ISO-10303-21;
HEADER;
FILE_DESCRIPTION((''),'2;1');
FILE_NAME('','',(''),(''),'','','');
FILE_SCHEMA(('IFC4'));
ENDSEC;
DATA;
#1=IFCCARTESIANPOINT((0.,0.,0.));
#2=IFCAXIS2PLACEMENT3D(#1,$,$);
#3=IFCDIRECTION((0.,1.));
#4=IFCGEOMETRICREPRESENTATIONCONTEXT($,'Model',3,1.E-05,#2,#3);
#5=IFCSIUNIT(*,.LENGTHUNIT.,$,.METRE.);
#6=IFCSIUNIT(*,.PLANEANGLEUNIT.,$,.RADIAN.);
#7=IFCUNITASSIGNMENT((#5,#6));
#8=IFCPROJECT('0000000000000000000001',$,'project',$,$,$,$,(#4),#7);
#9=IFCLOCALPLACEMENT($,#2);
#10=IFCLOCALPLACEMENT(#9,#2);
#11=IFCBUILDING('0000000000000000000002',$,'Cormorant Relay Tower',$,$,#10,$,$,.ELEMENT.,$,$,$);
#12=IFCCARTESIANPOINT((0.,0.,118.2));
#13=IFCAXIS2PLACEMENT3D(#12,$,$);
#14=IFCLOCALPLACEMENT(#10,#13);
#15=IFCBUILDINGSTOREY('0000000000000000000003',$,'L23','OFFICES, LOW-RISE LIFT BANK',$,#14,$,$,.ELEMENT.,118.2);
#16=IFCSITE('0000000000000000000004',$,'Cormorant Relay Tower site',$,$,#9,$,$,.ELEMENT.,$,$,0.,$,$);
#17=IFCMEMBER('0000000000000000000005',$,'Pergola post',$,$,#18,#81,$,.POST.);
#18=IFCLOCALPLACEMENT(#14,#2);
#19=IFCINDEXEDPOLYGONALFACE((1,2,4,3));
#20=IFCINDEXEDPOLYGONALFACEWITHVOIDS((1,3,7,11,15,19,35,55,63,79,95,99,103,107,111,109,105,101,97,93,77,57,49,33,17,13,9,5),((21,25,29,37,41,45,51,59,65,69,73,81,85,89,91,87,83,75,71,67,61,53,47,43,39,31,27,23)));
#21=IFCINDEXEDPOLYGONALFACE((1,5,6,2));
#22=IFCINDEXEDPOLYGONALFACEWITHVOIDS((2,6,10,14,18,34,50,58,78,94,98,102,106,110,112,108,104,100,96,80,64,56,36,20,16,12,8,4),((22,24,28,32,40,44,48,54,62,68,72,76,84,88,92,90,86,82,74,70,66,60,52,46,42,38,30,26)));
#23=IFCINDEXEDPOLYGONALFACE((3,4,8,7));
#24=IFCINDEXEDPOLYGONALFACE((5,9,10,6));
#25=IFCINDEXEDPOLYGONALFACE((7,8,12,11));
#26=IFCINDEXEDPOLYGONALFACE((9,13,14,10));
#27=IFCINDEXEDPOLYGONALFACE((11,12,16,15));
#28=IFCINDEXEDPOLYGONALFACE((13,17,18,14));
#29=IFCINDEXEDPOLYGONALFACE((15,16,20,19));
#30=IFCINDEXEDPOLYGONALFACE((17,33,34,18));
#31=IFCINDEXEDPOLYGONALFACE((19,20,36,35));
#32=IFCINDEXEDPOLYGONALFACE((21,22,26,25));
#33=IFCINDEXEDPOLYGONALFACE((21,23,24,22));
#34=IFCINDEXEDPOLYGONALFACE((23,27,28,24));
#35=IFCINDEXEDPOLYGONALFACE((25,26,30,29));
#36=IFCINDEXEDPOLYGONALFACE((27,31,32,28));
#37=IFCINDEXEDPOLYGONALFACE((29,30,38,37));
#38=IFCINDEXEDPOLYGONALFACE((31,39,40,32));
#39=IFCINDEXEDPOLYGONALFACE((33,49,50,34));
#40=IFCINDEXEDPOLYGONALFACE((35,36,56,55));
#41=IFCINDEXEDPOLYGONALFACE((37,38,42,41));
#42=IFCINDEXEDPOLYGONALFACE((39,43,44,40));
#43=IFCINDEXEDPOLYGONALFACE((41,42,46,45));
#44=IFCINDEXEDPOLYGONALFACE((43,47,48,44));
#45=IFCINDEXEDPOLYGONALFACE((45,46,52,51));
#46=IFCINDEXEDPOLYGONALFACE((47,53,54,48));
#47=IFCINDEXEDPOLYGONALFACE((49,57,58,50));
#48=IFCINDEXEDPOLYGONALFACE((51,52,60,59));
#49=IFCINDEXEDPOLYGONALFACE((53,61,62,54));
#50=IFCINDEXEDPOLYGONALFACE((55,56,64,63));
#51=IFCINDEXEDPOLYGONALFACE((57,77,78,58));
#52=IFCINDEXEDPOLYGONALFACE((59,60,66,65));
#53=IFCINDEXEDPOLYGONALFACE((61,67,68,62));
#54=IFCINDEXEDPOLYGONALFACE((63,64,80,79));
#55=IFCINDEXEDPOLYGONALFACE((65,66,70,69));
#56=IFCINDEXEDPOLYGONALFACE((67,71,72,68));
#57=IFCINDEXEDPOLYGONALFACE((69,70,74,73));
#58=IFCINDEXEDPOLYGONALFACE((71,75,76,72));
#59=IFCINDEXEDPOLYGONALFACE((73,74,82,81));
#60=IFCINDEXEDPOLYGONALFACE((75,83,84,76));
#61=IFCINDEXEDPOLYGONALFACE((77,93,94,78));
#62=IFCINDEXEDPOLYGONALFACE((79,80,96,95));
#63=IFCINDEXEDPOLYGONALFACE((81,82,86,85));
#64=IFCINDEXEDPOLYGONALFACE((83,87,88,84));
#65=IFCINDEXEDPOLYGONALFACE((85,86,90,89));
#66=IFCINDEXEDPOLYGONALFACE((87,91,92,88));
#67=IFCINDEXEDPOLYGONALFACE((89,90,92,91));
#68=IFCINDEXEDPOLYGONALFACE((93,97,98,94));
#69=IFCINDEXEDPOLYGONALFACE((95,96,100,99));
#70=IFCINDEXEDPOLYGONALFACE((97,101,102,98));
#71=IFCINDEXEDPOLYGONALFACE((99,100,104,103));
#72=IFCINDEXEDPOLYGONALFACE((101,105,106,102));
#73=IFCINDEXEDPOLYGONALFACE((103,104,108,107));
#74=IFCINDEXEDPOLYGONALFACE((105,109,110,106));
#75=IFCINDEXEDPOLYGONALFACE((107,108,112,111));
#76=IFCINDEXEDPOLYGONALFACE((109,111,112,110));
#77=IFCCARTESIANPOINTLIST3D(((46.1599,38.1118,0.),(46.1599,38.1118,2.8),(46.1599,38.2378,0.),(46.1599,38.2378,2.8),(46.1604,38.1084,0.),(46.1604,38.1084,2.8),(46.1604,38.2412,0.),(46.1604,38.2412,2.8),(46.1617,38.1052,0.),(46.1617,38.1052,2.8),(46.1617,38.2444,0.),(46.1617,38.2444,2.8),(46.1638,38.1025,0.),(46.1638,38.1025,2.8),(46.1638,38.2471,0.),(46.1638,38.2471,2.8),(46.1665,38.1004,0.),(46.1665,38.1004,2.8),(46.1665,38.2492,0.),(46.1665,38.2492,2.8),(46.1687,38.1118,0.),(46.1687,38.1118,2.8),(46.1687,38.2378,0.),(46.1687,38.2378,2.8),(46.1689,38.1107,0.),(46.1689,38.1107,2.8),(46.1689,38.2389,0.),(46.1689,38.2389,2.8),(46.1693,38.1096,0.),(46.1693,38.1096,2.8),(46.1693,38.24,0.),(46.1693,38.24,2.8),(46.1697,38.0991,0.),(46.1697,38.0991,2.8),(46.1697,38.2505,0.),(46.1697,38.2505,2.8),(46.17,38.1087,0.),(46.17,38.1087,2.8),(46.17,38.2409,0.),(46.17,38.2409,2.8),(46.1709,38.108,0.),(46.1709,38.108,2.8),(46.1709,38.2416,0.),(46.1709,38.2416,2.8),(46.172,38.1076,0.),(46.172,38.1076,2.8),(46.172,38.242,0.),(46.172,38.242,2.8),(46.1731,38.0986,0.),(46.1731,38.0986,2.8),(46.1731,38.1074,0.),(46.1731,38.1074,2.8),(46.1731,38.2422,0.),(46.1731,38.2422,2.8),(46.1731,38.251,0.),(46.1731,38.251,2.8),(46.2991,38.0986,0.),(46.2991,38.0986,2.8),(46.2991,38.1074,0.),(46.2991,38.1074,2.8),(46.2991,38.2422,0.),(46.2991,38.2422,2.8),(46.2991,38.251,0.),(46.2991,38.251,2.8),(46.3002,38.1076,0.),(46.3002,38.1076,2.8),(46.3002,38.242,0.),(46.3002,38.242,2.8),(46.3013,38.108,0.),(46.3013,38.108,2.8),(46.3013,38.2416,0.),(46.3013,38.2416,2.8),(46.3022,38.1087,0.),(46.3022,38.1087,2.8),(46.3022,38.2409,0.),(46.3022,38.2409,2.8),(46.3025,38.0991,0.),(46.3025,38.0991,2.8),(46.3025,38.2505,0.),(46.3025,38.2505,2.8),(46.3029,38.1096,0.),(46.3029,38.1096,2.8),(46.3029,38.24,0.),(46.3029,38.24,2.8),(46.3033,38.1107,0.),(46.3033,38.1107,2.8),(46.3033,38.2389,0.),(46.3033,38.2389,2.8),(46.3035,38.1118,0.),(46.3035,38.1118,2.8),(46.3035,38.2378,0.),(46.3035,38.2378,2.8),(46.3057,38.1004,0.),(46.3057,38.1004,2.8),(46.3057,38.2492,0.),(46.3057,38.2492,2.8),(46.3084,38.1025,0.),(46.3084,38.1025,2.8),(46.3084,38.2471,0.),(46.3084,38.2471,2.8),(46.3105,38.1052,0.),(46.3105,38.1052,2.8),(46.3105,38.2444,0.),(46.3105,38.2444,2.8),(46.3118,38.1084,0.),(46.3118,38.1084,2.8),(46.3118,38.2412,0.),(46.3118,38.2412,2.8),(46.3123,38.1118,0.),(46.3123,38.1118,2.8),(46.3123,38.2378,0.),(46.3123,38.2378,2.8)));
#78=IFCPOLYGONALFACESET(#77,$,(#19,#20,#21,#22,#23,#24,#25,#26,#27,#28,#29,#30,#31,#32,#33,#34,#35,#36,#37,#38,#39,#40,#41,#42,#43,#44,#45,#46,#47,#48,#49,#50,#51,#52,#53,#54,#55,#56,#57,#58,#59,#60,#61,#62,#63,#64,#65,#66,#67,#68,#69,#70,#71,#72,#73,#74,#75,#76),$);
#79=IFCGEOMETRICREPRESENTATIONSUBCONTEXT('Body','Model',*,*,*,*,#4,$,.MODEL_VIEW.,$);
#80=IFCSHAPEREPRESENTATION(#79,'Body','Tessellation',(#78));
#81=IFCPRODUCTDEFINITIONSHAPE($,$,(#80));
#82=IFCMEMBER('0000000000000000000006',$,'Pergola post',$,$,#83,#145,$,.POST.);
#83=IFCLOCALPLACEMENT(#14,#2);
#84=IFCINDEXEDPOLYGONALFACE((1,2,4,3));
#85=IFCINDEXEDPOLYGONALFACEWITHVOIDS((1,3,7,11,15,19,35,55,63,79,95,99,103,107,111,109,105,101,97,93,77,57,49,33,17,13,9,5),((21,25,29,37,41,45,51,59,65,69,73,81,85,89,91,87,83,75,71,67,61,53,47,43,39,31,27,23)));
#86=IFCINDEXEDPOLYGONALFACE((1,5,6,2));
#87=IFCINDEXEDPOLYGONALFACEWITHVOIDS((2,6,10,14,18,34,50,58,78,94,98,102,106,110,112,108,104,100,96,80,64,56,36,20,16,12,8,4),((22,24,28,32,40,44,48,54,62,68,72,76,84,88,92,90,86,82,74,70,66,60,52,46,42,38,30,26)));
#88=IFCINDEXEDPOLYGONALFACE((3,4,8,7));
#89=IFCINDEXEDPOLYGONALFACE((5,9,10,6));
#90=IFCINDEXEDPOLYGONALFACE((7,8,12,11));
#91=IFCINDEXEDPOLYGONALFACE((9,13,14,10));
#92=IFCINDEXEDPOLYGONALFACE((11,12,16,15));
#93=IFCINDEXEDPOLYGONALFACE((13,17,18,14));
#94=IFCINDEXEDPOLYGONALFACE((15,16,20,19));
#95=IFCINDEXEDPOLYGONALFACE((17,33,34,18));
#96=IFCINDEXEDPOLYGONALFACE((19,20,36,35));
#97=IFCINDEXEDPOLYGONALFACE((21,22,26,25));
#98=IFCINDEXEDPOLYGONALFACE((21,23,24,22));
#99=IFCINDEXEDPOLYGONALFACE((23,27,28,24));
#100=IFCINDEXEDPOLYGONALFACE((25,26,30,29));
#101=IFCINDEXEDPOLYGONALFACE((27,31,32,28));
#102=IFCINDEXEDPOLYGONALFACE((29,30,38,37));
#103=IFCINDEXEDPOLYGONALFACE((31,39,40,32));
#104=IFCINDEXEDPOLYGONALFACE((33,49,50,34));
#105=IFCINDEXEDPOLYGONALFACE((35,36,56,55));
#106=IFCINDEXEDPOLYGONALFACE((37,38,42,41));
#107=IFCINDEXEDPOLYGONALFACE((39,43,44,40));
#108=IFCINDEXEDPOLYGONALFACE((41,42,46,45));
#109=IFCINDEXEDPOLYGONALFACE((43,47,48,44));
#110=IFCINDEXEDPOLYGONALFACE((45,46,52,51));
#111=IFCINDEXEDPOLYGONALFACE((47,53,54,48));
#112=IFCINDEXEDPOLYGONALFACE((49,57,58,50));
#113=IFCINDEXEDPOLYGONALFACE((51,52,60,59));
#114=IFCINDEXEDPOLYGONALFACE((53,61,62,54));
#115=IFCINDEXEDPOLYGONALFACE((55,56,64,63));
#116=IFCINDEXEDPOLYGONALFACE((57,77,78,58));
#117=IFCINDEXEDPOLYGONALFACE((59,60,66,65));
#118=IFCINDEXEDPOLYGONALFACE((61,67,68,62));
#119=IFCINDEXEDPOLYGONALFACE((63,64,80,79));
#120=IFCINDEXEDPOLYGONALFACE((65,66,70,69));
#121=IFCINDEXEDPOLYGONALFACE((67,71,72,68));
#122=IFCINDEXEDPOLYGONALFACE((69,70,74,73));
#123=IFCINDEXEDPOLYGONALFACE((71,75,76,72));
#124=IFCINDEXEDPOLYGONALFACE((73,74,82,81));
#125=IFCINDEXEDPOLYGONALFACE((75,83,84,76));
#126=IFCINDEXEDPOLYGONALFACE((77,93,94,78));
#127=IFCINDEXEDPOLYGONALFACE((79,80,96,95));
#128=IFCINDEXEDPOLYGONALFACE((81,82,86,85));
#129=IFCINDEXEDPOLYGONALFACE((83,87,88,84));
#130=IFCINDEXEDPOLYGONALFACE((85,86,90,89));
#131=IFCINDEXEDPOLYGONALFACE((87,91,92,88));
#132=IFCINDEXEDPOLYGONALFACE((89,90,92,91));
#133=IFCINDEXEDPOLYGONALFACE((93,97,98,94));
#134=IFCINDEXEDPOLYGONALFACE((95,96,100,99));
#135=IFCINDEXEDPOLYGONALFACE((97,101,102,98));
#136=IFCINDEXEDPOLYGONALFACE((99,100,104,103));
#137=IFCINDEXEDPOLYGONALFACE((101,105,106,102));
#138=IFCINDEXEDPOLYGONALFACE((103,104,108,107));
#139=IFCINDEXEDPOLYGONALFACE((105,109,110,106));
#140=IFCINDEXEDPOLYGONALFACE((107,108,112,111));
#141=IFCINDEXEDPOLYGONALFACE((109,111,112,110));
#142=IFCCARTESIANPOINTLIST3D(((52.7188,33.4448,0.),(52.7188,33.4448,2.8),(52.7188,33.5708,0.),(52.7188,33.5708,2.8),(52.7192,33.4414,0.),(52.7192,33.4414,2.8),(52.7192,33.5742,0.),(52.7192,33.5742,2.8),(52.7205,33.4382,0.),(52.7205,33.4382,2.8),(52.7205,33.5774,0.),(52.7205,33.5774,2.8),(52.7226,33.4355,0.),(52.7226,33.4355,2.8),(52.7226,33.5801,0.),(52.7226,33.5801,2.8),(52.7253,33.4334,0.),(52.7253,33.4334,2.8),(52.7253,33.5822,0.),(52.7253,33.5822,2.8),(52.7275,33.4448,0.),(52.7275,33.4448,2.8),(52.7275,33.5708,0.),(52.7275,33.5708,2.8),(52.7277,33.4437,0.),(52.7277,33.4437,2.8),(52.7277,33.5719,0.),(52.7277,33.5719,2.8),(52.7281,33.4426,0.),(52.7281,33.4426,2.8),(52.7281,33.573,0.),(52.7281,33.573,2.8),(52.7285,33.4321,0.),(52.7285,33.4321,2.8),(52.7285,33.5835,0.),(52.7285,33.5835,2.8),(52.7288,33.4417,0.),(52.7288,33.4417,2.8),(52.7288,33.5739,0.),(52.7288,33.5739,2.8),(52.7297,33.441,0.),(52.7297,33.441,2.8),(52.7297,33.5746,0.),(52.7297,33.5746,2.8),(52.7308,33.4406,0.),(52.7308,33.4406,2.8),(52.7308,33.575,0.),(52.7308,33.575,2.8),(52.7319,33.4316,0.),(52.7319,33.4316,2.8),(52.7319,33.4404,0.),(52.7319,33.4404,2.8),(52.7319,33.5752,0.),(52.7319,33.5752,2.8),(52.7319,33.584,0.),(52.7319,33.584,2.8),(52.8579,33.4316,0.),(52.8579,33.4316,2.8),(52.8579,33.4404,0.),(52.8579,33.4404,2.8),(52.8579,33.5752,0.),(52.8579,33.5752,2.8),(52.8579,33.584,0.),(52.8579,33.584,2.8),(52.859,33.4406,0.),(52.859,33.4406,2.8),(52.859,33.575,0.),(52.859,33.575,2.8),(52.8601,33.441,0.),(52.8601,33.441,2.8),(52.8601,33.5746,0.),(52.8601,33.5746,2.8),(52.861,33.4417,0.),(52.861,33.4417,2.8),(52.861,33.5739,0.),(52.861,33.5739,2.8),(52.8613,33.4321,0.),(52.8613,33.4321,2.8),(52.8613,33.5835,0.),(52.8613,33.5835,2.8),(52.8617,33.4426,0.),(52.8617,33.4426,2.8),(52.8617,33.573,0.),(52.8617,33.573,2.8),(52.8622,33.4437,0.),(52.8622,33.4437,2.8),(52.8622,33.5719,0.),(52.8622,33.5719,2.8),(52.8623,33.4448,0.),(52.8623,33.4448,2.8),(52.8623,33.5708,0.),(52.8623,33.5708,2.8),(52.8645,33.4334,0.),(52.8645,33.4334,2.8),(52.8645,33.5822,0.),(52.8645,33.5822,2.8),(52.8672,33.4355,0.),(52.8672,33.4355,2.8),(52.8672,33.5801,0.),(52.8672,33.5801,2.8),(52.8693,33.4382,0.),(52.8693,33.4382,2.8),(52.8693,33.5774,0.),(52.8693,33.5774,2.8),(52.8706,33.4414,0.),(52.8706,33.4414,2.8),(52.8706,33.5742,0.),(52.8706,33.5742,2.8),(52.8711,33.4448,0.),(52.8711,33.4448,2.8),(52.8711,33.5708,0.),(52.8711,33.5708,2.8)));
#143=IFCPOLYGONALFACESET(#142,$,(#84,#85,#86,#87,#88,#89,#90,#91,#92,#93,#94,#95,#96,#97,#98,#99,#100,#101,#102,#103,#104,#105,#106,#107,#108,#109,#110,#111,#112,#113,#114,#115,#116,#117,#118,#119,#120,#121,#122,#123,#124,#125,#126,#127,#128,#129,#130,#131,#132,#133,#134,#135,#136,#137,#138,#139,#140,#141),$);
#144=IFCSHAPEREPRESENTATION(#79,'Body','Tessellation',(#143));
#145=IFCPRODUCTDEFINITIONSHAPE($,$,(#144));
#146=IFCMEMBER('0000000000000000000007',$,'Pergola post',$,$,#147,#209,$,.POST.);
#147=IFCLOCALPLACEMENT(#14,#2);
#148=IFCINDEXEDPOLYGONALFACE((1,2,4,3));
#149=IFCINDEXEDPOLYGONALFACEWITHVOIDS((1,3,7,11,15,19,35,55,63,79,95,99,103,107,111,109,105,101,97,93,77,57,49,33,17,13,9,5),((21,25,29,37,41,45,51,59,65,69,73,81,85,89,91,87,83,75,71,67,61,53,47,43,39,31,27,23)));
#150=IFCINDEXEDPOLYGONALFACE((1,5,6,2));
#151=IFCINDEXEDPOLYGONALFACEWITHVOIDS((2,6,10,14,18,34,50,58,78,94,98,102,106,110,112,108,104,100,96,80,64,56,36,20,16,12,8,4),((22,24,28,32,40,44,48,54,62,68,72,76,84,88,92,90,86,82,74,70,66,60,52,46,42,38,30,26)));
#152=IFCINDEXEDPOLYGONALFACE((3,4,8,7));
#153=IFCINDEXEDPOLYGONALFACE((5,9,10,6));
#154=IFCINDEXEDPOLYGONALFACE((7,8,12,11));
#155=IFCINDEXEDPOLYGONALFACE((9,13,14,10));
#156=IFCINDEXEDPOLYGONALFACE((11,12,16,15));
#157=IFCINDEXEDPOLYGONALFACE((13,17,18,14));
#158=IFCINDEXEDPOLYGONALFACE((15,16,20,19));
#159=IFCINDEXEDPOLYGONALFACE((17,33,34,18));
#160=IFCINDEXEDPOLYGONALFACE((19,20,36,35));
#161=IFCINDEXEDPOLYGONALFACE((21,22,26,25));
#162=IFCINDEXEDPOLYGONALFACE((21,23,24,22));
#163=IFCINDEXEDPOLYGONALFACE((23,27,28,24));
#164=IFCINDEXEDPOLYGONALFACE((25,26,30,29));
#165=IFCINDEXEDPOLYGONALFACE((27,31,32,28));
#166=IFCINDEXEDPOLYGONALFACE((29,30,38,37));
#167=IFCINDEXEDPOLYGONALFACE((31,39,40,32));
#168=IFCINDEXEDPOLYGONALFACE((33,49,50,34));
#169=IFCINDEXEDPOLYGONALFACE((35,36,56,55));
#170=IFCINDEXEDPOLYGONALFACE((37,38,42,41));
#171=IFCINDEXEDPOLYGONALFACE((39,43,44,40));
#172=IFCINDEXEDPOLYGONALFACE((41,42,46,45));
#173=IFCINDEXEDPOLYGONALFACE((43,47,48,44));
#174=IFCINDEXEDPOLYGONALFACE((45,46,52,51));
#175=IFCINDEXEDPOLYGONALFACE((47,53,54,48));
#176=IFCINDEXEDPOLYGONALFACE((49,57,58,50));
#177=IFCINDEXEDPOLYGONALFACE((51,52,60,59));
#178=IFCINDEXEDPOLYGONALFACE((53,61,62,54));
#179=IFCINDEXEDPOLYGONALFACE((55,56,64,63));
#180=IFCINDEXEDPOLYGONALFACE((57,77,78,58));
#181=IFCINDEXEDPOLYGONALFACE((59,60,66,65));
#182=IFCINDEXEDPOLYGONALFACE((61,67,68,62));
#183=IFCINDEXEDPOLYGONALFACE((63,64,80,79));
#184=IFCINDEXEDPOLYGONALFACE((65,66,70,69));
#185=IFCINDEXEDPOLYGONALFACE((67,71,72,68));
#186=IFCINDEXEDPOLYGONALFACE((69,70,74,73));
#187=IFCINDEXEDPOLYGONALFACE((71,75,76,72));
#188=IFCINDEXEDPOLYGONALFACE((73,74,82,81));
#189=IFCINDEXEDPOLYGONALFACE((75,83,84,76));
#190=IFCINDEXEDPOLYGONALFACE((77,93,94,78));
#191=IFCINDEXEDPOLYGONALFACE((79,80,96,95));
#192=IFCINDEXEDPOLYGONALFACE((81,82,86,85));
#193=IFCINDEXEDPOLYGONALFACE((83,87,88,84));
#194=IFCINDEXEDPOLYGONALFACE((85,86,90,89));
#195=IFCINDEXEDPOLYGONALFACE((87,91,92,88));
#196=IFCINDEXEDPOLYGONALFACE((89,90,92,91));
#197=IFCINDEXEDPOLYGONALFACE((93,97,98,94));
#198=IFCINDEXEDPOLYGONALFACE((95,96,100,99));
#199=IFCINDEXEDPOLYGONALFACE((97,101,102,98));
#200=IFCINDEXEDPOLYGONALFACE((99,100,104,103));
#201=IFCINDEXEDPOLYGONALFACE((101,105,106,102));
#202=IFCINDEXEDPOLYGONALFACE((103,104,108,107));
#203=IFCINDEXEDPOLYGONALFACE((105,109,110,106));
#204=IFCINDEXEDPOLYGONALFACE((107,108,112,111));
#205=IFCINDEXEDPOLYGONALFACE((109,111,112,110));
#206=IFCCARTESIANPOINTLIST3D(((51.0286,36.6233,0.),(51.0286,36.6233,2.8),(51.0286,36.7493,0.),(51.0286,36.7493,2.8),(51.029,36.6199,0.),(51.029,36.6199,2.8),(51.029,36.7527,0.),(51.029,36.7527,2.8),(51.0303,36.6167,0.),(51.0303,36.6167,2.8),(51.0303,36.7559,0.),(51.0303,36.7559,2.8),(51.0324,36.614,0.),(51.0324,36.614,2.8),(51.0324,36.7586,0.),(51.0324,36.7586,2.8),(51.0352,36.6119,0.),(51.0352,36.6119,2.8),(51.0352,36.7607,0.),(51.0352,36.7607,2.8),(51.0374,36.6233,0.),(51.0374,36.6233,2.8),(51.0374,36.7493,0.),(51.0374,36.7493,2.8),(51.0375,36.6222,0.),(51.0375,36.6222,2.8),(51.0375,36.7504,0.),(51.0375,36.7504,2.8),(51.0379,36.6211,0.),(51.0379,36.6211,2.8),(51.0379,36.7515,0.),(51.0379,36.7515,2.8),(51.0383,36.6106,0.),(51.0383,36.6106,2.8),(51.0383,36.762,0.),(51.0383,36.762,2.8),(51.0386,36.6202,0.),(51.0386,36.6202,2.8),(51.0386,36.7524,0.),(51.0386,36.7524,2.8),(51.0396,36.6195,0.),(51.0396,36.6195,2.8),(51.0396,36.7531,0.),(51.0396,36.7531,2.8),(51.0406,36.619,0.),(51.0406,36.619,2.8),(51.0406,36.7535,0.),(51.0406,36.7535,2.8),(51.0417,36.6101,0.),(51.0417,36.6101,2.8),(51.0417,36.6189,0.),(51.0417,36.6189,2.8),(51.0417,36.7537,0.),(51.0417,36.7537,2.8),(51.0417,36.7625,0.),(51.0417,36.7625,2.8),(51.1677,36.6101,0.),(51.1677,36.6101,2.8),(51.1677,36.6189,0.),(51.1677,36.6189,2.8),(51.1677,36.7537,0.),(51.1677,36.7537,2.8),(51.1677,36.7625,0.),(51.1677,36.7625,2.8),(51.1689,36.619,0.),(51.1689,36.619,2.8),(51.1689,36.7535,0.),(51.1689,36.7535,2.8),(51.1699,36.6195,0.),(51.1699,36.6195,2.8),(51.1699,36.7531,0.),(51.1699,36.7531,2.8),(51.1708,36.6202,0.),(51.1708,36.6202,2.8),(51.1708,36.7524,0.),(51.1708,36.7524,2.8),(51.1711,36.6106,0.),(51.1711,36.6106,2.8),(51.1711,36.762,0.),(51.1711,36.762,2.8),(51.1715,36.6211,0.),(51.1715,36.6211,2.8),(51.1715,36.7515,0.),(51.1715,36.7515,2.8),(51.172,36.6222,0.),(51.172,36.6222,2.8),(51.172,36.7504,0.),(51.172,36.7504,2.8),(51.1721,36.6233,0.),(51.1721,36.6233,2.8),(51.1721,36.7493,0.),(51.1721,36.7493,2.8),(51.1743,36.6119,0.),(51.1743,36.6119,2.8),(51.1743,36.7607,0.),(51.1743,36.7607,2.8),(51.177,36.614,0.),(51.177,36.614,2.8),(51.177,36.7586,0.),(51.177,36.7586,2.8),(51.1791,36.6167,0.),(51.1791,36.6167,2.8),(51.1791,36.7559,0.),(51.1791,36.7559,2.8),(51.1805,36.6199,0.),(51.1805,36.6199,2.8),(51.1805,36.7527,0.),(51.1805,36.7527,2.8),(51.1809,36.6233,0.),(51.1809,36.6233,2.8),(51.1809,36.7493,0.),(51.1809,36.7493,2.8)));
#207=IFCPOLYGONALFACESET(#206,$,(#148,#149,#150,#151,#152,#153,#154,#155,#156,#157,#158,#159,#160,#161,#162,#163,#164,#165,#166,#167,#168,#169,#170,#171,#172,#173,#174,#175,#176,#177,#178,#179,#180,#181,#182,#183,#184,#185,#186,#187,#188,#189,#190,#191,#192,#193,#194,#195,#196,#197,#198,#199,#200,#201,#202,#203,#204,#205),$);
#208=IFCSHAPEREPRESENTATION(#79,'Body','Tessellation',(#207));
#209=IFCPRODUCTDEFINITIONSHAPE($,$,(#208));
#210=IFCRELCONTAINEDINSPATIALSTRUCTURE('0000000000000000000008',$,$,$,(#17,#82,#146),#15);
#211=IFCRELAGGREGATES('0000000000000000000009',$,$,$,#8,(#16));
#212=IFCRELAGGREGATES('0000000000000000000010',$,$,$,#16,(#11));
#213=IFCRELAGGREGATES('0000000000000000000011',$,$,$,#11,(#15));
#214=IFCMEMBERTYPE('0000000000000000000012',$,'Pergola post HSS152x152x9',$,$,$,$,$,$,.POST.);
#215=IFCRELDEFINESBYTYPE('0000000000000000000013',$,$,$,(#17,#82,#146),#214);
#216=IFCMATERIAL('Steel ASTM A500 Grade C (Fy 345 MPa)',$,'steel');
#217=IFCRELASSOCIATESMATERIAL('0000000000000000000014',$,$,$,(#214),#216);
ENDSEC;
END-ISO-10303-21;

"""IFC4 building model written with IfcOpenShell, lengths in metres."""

from ifc_helpers import new_model, si_unit, direction, frame, origin, origin_2d, place, context, subcontext, project, spatial, hollow_rectangle, extrude, material, material_profile, profile_set, type_object, element, save


model = new_model("IFC4")

# Units and contexts
model_context = context("Model", 3, precision=1e-05, world=origin(), true_north=direction((0.0, 1.0)))
body_context = subcontext(model_context, "Body", "Model", "MODEL_VIEW")
ifc_project = project(units=[si_unit("LENGTHUNIT", "METRE"), si_unit("PLANEANGLEUNIT", "RADIAN")], contexts=[model_context])

# Site, building, storey
site_placement = place(None, origin())
site = spatial("IfcSite", under=ifc_project, at=site_placement, Name="Cormorant Relay Tower site", CompositionType="ELEMENT", RefElevation=0.0)
building_placement = place(site_placement, origin())
building = spatial("IfcBuilding", under=site, at=building_placement, Name="Cormorant Relay Tower", CompositionType="ELEMENT")
storey_placement = place(building_placement, frame((0.0, 0.0, 118.2)))
storey = spatial("IfcBuildingStorey", under=building, at=storey_placement, Name="L23", Description="OFFICES, LOW-RISE LIFT BANK", CompositionType="ELEMENT", Elevation=118.2)

# Members
ifc_material_1 = material(Name="Steel ASTM A500 Grade C (Fy 345 MPa)", Category="steel")
ifc_material_profile_1 = material_profile(ifc_material_1, hollow_rectangle(XDim=0.1523, YDim=0.1523, WallThickness=0.0088, InnerFilletRadius=0.0044, OuterFilletRadius=0.0132, at=origin_2d()), Name="HSS152x152x9")
ifc_profile_set_1 = profile_set([ifc_material_profile_1], Name="Steel ASTM A500 Grade C (Fy 345 MPa)")
member_type_1 = type_object("IfcMemberType", Name="Pergola post HSS152x152x9", PredefinedType="POST", material=ifc_profile_set_1)
for number, where, z_axis, x_axis, name in (
    (1, (46.2361, 38.1748, 0.0), (0.0, 0.0, 1.0), (1.0, 0.0, 0.0), "Pergola post"),
    (2, (52.7949, 33.5078, 0.0), (0.0, 0.0, 1.0), (1.0, 0.0, 0.0), "Pergola post"),
    (3, (51.1047, 36.6863, 0.0), (0.0, 0.0, 1.0), (1.0, 0.0, 0.0), "Pergola post"),
):
    element("IfcMember", number, at=place(storey_placement, frame(where, z_axis=z_axis, x_axis=x_axis)), inside=storey, type_object=member_type_1, Name=name, PredefinedType="POST", context=body_context, shape_type="SweptSolid", body=[
        extrude(hollow_rectangle(XDim=0.1523, YDim=0.1523, WallThickness=0.0088, InnerFilletRadius=0.0044, OuterFilletRadius=0.0132, at=origin_2d()), origin(), (0.0, 0.0, 1.0), 2.8),
    ])

save(model, "model.ifc")
